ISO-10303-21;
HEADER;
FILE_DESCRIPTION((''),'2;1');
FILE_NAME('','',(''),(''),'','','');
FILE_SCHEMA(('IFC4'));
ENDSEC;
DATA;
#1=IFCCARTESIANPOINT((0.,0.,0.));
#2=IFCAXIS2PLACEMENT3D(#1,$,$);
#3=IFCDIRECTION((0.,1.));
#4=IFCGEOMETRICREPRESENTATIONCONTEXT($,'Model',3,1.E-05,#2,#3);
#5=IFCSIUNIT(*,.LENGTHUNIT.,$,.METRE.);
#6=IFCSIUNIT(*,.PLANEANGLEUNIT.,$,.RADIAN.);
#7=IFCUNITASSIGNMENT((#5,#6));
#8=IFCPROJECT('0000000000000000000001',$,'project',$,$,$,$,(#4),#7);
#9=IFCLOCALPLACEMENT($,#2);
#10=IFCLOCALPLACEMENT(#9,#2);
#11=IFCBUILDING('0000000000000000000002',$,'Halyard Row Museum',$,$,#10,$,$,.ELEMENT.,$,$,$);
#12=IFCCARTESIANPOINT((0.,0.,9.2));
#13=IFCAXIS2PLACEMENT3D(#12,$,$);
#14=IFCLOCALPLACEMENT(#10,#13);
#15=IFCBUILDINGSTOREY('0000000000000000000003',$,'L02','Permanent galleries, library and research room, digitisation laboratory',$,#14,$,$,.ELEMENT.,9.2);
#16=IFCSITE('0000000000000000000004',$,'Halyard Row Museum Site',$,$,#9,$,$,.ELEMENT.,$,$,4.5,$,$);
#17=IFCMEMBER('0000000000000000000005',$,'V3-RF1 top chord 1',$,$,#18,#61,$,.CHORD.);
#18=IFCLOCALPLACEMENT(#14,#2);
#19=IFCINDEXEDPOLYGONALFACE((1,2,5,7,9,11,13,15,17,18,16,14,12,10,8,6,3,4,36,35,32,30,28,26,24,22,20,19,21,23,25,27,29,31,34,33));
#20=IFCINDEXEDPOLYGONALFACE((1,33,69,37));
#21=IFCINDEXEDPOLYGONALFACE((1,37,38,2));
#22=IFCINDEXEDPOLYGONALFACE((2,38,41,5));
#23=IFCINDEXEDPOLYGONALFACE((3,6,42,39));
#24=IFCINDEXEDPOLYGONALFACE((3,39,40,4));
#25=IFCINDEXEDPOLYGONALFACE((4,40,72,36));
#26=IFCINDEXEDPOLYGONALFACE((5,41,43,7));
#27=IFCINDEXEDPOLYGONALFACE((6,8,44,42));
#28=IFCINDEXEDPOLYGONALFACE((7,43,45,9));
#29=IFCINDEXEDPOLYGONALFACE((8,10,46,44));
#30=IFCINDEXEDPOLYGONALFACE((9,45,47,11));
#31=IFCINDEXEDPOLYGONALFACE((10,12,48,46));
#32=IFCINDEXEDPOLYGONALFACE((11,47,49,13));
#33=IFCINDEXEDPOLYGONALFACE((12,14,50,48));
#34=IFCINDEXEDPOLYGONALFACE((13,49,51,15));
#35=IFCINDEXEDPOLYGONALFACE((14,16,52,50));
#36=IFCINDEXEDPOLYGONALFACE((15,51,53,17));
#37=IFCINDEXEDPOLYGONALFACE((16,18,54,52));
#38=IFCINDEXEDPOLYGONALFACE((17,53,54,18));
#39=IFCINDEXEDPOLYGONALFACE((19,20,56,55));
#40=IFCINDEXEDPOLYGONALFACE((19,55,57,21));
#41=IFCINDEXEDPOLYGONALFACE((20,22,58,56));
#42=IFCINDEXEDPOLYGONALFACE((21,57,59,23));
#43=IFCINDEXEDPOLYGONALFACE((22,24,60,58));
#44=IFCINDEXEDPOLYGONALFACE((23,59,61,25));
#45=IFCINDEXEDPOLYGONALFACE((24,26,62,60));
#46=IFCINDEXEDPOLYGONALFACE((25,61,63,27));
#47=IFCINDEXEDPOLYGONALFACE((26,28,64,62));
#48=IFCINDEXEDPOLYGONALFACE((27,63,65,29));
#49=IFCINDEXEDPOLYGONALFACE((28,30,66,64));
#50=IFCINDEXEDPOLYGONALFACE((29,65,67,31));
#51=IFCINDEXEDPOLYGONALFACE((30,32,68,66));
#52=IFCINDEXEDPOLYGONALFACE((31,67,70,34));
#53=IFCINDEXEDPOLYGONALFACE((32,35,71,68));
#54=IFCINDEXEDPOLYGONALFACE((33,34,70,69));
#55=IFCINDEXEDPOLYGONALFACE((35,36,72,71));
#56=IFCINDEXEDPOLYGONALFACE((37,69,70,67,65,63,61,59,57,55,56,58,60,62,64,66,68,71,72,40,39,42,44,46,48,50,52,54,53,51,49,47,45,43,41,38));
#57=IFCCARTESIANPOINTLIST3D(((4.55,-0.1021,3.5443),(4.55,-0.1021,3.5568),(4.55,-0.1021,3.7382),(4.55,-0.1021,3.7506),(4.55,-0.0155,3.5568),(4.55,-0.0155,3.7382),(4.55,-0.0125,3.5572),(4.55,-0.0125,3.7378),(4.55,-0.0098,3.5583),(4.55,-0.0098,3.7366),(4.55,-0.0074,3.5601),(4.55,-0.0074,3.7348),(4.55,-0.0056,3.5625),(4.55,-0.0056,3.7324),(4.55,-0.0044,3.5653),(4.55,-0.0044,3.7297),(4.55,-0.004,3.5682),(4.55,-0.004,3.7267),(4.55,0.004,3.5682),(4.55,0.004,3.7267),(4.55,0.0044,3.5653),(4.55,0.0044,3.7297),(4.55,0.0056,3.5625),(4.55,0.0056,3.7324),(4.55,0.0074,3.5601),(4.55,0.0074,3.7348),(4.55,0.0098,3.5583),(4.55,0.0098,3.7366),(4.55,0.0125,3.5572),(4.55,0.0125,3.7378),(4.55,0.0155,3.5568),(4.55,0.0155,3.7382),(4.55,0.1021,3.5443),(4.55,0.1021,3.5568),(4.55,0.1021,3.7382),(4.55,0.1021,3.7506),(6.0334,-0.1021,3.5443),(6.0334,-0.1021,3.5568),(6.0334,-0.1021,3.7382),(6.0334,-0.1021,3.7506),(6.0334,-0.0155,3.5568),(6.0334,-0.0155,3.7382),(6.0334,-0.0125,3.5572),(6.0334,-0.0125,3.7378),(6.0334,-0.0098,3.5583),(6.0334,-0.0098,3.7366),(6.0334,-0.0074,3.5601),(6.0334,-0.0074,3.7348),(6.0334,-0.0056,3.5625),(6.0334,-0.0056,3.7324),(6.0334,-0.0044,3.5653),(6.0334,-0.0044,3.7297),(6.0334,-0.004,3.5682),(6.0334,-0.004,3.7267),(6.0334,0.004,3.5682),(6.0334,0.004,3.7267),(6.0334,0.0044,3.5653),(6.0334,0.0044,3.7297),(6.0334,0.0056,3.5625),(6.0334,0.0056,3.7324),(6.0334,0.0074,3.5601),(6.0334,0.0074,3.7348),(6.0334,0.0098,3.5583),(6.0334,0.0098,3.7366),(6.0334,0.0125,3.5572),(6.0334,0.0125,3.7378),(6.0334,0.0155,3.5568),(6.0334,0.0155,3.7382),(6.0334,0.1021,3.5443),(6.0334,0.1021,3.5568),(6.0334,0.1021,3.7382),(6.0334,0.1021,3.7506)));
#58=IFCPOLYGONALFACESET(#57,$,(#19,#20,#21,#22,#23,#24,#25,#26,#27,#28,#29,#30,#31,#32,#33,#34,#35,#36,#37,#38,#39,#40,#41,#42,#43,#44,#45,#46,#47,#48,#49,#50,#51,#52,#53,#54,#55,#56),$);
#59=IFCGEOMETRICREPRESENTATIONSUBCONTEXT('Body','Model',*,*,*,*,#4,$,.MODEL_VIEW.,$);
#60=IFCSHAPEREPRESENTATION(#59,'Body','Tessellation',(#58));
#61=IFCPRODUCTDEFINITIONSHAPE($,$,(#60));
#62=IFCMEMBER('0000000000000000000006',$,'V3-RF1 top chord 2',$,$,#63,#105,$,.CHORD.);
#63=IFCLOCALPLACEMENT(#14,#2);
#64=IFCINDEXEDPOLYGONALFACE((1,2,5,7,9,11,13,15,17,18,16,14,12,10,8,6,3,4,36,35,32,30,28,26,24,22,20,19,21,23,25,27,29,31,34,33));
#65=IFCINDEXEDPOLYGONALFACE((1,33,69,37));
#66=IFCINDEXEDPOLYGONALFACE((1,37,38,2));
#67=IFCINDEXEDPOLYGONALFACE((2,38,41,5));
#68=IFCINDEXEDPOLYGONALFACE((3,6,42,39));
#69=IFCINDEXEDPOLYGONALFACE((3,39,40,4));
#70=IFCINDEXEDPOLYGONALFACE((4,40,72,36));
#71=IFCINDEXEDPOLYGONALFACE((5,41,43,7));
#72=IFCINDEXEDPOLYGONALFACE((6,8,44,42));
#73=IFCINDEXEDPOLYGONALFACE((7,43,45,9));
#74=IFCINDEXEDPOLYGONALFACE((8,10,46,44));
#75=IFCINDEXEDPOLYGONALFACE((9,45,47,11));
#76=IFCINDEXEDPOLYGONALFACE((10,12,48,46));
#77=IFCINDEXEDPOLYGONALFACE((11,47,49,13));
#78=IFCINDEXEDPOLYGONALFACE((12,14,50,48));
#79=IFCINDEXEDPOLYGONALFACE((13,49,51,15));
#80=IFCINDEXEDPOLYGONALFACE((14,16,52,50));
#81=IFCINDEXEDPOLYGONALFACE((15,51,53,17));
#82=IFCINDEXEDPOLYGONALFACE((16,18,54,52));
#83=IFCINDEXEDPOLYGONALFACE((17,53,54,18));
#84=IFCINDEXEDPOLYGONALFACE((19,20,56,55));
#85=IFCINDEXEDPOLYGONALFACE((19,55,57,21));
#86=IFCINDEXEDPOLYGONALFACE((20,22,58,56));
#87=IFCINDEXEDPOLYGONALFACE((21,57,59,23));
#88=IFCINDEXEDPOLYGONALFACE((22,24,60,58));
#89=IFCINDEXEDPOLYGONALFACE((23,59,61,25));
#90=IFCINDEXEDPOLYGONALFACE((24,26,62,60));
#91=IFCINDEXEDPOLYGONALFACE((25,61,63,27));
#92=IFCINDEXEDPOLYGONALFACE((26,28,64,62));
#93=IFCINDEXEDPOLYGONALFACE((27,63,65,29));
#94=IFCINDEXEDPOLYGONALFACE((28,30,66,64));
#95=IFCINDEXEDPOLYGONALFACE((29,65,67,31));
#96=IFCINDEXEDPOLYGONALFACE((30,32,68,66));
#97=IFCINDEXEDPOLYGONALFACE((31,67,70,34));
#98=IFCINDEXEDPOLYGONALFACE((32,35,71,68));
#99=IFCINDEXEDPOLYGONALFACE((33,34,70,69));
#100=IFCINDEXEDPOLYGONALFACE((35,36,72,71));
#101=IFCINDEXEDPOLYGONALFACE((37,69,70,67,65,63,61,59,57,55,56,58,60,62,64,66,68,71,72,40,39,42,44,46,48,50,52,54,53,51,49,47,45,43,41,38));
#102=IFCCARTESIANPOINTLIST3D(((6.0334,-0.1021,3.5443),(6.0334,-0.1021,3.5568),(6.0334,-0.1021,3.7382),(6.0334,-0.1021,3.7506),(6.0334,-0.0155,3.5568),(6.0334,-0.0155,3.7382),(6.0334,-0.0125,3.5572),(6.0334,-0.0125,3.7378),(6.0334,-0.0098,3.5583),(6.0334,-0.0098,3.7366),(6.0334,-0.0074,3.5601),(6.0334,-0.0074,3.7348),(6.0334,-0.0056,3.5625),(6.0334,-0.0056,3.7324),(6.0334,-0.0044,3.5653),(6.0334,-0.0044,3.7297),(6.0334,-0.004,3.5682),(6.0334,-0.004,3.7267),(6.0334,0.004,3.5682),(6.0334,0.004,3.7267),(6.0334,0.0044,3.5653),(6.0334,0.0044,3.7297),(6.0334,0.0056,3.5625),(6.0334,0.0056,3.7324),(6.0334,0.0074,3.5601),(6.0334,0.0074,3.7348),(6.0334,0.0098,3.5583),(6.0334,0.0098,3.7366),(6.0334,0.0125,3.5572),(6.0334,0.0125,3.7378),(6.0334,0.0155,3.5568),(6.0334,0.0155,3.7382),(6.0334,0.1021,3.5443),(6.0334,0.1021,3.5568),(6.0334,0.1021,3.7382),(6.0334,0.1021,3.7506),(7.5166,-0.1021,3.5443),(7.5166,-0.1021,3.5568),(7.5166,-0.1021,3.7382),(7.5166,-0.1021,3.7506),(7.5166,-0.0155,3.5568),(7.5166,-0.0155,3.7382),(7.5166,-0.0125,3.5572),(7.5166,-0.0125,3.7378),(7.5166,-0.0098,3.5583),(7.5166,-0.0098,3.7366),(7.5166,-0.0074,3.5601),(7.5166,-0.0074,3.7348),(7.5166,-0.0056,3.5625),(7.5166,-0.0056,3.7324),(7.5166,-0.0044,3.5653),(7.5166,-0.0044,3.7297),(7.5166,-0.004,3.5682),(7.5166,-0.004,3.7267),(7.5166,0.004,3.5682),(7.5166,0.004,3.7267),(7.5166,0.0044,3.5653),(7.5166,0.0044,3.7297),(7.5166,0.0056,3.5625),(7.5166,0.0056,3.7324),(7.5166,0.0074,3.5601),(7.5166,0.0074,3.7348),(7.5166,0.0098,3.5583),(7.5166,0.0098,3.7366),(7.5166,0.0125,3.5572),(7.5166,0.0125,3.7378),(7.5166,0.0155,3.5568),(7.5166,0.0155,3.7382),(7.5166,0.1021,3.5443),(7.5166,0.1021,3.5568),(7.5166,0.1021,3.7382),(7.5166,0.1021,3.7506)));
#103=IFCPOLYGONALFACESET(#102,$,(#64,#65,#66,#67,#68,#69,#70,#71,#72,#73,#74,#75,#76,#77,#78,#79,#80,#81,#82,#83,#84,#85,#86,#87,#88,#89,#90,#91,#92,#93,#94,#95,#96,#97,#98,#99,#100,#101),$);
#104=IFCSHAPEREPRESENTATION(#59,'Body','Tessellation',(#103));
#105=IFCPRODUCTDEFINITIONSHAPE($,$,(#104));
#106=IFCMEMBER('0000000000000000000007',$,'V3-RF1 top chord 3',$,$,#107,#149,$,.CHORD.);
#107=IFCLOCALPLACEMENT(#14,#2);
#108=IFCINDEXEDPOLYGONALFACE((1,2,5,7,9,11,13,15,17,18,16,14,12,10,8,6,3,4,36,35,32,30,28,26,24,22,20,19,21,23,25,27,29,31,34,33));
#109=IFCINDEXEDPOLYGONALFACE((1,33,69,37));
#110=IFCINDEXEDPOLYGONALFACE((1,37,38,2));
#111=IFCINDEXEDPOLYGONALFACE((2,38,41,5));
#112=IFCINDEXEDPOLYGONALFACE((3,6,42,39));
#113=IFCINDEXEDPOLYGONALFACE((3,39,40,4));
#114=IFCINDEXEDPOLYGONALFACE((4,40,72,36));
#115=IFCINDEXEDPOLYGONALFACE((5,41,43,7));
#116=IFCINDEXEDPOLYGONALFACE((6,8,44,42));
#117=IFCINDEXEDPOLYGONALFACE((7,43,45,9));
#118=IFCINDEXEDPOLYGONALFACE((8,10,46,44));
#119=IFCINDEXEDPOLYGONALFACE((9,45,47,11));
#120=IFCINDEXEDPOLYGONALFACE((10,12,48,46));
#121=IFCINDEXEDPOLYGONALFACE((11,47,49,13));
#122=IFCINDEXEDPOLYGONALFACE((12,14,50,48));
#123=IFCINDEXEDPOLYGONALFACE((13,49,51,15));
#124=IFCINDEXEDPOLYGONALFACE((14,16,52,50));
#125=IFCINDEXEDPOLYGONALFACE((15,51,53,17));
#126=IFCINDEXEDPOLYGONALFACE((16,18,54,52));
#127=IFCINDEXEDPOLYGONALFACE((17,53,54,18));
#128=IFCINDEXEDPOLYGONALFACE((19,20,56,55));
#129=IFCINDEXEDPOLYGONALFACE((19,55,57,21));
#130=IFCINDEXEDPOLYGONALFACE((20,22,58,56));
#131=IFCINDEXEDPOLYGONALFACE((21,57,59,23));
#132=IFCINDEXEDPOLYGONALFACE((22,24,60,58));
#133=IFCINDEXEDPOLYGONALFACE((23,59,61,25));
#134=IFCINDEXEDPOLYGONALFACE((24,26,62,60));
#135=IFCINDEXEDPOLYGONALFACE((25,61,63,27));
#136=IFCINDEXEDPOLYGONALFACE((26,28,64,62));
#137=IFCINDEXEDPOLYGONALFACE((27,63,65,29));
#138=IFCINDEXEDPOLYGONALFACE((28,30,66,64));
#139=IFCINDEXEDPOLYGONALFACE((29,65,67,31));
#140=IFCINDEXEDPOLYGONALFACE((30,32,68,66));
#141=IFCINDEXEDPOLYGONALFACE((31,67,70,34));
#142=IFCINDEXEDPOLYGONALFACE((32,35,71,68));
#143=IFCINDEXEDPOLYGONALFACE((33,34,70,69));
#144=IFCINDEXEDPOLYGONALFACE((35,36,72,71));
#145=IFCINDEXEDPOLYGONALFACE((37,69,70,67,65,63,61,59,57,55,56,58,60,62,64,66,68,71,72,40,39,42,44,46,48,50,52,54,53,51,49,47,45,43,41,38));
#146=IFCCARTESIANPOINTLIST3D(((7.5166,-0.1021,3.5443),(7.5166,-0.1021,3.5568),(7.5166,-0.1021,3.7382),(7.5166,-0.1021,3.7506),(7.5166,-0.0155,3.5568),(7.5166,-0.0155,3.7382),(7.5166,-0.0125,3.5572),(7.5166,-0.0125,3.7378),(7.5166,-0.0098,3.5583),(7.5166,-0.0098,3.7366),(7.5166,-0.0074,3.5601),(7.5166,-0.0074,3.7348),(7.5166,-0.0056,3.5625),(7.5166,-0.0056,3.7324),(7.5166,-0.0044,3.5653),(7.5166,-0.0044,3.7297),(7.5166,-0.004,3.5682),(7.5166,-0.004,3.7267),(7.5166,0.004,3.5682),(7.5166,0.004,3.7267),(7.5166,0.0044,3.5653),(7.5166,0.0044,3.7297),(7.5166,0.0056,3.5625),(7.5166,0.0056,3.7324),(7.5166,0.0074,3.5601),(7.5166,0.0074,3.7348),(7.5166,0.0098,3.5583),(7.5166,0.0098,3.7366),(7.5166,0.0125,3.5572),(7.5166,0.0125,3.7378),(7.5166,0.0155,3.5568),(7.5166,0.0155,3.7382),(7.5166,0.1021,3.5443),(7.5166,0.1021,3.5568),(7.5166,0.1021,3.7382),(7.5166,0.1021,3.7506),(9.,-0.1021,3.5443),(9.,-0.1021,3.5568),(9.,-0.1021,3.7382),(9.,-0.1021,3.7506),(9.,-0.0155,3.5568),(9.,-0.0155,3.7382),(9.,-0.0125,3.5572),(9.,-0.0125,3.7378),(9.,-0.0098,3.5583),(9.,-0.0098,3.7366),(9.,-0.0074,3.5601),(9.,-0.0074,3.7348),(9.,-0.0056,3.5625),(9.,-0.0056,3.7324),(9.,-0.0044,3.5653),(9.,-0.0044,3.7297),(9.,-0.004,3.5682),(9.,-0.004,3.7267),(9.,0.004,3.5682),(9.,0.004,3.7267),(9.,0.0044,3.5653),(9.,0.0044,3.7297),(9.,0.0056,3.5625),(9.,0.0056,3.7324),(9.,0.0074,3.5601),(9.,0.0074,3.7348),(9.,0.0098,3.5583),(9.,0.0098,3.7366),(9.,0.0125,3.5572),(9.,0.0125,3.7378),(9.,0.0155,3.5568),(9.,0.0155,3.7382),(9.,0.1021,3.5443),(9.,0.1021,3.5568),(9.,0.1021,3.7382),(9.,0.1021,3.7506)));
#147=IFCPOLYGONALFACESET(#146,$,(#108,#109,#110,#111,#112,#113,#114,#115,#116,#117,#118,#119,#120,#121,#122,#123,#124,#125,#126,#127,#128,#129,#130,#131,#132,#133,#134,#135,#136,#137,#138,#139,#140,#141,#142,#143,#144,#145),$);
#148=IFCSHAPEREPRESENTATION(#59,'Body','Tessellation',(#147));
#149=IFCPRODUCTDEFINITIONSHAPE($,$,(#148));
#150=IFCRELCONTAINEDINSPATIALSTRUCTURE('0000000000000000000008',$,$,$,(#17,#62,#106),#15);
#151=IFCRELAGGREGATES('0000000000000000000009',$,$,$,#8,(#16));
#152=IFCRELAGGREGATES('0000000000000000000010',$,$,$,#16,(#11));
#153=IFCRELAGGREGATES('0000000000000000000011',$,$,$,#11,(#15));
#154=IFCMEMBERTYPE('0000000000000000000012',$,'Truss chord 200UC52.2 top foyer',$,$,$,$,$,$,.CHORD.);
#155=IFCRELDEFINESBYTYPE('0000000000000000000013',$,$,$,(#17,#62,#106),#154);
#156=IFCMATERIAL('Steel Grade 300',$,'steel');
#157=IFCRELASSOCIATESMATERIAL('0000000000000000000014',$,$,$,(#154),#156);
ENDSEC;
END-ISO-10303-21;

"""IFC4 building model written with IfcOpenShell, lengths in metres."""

from ifc_helpers import new_model, si_unit, direction, frame, origin, origin_2d, place, context, subcontext, project, spatial, i_section, extrude, material, material_profile, profile_set, type_object, element, save


model = new_model("IFC4")

# Units and contexts
model_context = context("Model", 3, precision=1e-05, world=origin(), true_north=direction((0.0, 1.0)))
body_context = subcontext(model_context, "Body", "Model", "MODEL_VIEW")
ifc_project = project(units=[si_unit("LENGTHUNIT", "METRE"), si_unit("PLANEANGLEUNIT", "RADIAN")], contexts=[model_context])

# Site, building, storey
site_placement = place(None, origin())
site = spatial("IfcSite", under=ifc_project, at=site_placement, Name="Halyard Row Museum Site", CompositionType="ELEMENT", RefElevation=4.5)
building_placement = place(site_placement, origin())
building = spatial("IfcBuilding", under=site, at=building_placement, Name="Halyard Row Museum", CompositionType="ELEMENT")
storey_placement = place(building_placement, frame((0.0, 0.0, 9.2)))
storey = spatial("IfcBuildingStorey", under=building, at=storey_placement, Name="L02", Description="Permanent galleries, library and research room, digitisation laboratory", CompositionType="ELEMENT", Elevation=9.2)

# Members
ifc_material_1 = material(Name="Steel Grade 300", Category="steel")
ifc_material_profile_1 = material_profile(ifc_material_1, i_section(OverallWidth=0.2041, OverallDepth=0.2063, WebThickness=0.0081, FlangeThickness=0.0125, FilletRadius=0.0115, at=origin_2d()), Name="200UC52.2")
ifc_profile_set_1 = profile_set([ifc_material_profile_1], Name="Steel Grade 300")
member_type_1 = type_object("IfcMemberType", Name="Truss chord 200UC52.2 top foyer", PredefinedType="CHORD", material=ifc_profile_set_1)
member_1_placement = place(storey_placement, frame((4.55, 0.0, 3.6475), z_axis=(1.0, 0.0, 0.0), x_axis=(0.0, 1.0, 0.0)))
element("IfcMember", 1, at=member_1_placement, inside=storey, type_object=member_type_1, Name="V3-RF1 top chord 1", PredefinedType="CHORD", context=body_context, shape_type="SweptSolid", body=[
    extrude(i_section(OverallWidth=0.2041, OverallDepth=0.2063, WebThickness=0.0081, FlangeThickness=0.0125, FilletRadius=0.0115, at=origin_2d()), origin(), (0.0, 0.0, 1.0), 1.4834),
])
member_2_placement = place(storey_placement, frame((6.0334, 0.0, 3.6475), z_axis=(1.0, 0.0, 0.0), x_axis=(0.0, 1.0, 0.0)))
element("IfcMember", 2, at=member_2_placement, inside=storey, type_object=member_type_1, Name="V3-RF1 top chord 2", PredefinedType="CHORD", context=body_context, shape_type="SweptSolid", body=[
    extrude(i_section(OverallWidth=0.2041, OverallDepth=0.2063, WebThickness=0.0081, FlangeThickness=0.0125, FilletRadius=0.0115, at=origin_2d()), origin(), (0.0, 0.0, 1.0), 1.4832),
])
member_3_placement = place(storey_placement, frame((7.5166, 0.0, 3.6475), z_axis=(1.0, 0.0, 0.0), x_axis=(0.0, 1.0, 0.0)))
element("IfcMember", 3, at=member_3_placement, inside=storey, type_object=member_type_1, Name="V3-RF1 top chord 3", PredefinedType="CHORD", context=body_context, shape_type="SweptSolid", body=[
    extrude(i_section(OverallWidth=0.2041, OverallDepth=0.2063, WebThickness=0.0081, FlangeThickness=0.0125, FilletRadius=0.0115, at=origin_2d()), origin(), (0.0, 0.0, 1.0), 1.4834),
])

save(model, "model.ifc")
